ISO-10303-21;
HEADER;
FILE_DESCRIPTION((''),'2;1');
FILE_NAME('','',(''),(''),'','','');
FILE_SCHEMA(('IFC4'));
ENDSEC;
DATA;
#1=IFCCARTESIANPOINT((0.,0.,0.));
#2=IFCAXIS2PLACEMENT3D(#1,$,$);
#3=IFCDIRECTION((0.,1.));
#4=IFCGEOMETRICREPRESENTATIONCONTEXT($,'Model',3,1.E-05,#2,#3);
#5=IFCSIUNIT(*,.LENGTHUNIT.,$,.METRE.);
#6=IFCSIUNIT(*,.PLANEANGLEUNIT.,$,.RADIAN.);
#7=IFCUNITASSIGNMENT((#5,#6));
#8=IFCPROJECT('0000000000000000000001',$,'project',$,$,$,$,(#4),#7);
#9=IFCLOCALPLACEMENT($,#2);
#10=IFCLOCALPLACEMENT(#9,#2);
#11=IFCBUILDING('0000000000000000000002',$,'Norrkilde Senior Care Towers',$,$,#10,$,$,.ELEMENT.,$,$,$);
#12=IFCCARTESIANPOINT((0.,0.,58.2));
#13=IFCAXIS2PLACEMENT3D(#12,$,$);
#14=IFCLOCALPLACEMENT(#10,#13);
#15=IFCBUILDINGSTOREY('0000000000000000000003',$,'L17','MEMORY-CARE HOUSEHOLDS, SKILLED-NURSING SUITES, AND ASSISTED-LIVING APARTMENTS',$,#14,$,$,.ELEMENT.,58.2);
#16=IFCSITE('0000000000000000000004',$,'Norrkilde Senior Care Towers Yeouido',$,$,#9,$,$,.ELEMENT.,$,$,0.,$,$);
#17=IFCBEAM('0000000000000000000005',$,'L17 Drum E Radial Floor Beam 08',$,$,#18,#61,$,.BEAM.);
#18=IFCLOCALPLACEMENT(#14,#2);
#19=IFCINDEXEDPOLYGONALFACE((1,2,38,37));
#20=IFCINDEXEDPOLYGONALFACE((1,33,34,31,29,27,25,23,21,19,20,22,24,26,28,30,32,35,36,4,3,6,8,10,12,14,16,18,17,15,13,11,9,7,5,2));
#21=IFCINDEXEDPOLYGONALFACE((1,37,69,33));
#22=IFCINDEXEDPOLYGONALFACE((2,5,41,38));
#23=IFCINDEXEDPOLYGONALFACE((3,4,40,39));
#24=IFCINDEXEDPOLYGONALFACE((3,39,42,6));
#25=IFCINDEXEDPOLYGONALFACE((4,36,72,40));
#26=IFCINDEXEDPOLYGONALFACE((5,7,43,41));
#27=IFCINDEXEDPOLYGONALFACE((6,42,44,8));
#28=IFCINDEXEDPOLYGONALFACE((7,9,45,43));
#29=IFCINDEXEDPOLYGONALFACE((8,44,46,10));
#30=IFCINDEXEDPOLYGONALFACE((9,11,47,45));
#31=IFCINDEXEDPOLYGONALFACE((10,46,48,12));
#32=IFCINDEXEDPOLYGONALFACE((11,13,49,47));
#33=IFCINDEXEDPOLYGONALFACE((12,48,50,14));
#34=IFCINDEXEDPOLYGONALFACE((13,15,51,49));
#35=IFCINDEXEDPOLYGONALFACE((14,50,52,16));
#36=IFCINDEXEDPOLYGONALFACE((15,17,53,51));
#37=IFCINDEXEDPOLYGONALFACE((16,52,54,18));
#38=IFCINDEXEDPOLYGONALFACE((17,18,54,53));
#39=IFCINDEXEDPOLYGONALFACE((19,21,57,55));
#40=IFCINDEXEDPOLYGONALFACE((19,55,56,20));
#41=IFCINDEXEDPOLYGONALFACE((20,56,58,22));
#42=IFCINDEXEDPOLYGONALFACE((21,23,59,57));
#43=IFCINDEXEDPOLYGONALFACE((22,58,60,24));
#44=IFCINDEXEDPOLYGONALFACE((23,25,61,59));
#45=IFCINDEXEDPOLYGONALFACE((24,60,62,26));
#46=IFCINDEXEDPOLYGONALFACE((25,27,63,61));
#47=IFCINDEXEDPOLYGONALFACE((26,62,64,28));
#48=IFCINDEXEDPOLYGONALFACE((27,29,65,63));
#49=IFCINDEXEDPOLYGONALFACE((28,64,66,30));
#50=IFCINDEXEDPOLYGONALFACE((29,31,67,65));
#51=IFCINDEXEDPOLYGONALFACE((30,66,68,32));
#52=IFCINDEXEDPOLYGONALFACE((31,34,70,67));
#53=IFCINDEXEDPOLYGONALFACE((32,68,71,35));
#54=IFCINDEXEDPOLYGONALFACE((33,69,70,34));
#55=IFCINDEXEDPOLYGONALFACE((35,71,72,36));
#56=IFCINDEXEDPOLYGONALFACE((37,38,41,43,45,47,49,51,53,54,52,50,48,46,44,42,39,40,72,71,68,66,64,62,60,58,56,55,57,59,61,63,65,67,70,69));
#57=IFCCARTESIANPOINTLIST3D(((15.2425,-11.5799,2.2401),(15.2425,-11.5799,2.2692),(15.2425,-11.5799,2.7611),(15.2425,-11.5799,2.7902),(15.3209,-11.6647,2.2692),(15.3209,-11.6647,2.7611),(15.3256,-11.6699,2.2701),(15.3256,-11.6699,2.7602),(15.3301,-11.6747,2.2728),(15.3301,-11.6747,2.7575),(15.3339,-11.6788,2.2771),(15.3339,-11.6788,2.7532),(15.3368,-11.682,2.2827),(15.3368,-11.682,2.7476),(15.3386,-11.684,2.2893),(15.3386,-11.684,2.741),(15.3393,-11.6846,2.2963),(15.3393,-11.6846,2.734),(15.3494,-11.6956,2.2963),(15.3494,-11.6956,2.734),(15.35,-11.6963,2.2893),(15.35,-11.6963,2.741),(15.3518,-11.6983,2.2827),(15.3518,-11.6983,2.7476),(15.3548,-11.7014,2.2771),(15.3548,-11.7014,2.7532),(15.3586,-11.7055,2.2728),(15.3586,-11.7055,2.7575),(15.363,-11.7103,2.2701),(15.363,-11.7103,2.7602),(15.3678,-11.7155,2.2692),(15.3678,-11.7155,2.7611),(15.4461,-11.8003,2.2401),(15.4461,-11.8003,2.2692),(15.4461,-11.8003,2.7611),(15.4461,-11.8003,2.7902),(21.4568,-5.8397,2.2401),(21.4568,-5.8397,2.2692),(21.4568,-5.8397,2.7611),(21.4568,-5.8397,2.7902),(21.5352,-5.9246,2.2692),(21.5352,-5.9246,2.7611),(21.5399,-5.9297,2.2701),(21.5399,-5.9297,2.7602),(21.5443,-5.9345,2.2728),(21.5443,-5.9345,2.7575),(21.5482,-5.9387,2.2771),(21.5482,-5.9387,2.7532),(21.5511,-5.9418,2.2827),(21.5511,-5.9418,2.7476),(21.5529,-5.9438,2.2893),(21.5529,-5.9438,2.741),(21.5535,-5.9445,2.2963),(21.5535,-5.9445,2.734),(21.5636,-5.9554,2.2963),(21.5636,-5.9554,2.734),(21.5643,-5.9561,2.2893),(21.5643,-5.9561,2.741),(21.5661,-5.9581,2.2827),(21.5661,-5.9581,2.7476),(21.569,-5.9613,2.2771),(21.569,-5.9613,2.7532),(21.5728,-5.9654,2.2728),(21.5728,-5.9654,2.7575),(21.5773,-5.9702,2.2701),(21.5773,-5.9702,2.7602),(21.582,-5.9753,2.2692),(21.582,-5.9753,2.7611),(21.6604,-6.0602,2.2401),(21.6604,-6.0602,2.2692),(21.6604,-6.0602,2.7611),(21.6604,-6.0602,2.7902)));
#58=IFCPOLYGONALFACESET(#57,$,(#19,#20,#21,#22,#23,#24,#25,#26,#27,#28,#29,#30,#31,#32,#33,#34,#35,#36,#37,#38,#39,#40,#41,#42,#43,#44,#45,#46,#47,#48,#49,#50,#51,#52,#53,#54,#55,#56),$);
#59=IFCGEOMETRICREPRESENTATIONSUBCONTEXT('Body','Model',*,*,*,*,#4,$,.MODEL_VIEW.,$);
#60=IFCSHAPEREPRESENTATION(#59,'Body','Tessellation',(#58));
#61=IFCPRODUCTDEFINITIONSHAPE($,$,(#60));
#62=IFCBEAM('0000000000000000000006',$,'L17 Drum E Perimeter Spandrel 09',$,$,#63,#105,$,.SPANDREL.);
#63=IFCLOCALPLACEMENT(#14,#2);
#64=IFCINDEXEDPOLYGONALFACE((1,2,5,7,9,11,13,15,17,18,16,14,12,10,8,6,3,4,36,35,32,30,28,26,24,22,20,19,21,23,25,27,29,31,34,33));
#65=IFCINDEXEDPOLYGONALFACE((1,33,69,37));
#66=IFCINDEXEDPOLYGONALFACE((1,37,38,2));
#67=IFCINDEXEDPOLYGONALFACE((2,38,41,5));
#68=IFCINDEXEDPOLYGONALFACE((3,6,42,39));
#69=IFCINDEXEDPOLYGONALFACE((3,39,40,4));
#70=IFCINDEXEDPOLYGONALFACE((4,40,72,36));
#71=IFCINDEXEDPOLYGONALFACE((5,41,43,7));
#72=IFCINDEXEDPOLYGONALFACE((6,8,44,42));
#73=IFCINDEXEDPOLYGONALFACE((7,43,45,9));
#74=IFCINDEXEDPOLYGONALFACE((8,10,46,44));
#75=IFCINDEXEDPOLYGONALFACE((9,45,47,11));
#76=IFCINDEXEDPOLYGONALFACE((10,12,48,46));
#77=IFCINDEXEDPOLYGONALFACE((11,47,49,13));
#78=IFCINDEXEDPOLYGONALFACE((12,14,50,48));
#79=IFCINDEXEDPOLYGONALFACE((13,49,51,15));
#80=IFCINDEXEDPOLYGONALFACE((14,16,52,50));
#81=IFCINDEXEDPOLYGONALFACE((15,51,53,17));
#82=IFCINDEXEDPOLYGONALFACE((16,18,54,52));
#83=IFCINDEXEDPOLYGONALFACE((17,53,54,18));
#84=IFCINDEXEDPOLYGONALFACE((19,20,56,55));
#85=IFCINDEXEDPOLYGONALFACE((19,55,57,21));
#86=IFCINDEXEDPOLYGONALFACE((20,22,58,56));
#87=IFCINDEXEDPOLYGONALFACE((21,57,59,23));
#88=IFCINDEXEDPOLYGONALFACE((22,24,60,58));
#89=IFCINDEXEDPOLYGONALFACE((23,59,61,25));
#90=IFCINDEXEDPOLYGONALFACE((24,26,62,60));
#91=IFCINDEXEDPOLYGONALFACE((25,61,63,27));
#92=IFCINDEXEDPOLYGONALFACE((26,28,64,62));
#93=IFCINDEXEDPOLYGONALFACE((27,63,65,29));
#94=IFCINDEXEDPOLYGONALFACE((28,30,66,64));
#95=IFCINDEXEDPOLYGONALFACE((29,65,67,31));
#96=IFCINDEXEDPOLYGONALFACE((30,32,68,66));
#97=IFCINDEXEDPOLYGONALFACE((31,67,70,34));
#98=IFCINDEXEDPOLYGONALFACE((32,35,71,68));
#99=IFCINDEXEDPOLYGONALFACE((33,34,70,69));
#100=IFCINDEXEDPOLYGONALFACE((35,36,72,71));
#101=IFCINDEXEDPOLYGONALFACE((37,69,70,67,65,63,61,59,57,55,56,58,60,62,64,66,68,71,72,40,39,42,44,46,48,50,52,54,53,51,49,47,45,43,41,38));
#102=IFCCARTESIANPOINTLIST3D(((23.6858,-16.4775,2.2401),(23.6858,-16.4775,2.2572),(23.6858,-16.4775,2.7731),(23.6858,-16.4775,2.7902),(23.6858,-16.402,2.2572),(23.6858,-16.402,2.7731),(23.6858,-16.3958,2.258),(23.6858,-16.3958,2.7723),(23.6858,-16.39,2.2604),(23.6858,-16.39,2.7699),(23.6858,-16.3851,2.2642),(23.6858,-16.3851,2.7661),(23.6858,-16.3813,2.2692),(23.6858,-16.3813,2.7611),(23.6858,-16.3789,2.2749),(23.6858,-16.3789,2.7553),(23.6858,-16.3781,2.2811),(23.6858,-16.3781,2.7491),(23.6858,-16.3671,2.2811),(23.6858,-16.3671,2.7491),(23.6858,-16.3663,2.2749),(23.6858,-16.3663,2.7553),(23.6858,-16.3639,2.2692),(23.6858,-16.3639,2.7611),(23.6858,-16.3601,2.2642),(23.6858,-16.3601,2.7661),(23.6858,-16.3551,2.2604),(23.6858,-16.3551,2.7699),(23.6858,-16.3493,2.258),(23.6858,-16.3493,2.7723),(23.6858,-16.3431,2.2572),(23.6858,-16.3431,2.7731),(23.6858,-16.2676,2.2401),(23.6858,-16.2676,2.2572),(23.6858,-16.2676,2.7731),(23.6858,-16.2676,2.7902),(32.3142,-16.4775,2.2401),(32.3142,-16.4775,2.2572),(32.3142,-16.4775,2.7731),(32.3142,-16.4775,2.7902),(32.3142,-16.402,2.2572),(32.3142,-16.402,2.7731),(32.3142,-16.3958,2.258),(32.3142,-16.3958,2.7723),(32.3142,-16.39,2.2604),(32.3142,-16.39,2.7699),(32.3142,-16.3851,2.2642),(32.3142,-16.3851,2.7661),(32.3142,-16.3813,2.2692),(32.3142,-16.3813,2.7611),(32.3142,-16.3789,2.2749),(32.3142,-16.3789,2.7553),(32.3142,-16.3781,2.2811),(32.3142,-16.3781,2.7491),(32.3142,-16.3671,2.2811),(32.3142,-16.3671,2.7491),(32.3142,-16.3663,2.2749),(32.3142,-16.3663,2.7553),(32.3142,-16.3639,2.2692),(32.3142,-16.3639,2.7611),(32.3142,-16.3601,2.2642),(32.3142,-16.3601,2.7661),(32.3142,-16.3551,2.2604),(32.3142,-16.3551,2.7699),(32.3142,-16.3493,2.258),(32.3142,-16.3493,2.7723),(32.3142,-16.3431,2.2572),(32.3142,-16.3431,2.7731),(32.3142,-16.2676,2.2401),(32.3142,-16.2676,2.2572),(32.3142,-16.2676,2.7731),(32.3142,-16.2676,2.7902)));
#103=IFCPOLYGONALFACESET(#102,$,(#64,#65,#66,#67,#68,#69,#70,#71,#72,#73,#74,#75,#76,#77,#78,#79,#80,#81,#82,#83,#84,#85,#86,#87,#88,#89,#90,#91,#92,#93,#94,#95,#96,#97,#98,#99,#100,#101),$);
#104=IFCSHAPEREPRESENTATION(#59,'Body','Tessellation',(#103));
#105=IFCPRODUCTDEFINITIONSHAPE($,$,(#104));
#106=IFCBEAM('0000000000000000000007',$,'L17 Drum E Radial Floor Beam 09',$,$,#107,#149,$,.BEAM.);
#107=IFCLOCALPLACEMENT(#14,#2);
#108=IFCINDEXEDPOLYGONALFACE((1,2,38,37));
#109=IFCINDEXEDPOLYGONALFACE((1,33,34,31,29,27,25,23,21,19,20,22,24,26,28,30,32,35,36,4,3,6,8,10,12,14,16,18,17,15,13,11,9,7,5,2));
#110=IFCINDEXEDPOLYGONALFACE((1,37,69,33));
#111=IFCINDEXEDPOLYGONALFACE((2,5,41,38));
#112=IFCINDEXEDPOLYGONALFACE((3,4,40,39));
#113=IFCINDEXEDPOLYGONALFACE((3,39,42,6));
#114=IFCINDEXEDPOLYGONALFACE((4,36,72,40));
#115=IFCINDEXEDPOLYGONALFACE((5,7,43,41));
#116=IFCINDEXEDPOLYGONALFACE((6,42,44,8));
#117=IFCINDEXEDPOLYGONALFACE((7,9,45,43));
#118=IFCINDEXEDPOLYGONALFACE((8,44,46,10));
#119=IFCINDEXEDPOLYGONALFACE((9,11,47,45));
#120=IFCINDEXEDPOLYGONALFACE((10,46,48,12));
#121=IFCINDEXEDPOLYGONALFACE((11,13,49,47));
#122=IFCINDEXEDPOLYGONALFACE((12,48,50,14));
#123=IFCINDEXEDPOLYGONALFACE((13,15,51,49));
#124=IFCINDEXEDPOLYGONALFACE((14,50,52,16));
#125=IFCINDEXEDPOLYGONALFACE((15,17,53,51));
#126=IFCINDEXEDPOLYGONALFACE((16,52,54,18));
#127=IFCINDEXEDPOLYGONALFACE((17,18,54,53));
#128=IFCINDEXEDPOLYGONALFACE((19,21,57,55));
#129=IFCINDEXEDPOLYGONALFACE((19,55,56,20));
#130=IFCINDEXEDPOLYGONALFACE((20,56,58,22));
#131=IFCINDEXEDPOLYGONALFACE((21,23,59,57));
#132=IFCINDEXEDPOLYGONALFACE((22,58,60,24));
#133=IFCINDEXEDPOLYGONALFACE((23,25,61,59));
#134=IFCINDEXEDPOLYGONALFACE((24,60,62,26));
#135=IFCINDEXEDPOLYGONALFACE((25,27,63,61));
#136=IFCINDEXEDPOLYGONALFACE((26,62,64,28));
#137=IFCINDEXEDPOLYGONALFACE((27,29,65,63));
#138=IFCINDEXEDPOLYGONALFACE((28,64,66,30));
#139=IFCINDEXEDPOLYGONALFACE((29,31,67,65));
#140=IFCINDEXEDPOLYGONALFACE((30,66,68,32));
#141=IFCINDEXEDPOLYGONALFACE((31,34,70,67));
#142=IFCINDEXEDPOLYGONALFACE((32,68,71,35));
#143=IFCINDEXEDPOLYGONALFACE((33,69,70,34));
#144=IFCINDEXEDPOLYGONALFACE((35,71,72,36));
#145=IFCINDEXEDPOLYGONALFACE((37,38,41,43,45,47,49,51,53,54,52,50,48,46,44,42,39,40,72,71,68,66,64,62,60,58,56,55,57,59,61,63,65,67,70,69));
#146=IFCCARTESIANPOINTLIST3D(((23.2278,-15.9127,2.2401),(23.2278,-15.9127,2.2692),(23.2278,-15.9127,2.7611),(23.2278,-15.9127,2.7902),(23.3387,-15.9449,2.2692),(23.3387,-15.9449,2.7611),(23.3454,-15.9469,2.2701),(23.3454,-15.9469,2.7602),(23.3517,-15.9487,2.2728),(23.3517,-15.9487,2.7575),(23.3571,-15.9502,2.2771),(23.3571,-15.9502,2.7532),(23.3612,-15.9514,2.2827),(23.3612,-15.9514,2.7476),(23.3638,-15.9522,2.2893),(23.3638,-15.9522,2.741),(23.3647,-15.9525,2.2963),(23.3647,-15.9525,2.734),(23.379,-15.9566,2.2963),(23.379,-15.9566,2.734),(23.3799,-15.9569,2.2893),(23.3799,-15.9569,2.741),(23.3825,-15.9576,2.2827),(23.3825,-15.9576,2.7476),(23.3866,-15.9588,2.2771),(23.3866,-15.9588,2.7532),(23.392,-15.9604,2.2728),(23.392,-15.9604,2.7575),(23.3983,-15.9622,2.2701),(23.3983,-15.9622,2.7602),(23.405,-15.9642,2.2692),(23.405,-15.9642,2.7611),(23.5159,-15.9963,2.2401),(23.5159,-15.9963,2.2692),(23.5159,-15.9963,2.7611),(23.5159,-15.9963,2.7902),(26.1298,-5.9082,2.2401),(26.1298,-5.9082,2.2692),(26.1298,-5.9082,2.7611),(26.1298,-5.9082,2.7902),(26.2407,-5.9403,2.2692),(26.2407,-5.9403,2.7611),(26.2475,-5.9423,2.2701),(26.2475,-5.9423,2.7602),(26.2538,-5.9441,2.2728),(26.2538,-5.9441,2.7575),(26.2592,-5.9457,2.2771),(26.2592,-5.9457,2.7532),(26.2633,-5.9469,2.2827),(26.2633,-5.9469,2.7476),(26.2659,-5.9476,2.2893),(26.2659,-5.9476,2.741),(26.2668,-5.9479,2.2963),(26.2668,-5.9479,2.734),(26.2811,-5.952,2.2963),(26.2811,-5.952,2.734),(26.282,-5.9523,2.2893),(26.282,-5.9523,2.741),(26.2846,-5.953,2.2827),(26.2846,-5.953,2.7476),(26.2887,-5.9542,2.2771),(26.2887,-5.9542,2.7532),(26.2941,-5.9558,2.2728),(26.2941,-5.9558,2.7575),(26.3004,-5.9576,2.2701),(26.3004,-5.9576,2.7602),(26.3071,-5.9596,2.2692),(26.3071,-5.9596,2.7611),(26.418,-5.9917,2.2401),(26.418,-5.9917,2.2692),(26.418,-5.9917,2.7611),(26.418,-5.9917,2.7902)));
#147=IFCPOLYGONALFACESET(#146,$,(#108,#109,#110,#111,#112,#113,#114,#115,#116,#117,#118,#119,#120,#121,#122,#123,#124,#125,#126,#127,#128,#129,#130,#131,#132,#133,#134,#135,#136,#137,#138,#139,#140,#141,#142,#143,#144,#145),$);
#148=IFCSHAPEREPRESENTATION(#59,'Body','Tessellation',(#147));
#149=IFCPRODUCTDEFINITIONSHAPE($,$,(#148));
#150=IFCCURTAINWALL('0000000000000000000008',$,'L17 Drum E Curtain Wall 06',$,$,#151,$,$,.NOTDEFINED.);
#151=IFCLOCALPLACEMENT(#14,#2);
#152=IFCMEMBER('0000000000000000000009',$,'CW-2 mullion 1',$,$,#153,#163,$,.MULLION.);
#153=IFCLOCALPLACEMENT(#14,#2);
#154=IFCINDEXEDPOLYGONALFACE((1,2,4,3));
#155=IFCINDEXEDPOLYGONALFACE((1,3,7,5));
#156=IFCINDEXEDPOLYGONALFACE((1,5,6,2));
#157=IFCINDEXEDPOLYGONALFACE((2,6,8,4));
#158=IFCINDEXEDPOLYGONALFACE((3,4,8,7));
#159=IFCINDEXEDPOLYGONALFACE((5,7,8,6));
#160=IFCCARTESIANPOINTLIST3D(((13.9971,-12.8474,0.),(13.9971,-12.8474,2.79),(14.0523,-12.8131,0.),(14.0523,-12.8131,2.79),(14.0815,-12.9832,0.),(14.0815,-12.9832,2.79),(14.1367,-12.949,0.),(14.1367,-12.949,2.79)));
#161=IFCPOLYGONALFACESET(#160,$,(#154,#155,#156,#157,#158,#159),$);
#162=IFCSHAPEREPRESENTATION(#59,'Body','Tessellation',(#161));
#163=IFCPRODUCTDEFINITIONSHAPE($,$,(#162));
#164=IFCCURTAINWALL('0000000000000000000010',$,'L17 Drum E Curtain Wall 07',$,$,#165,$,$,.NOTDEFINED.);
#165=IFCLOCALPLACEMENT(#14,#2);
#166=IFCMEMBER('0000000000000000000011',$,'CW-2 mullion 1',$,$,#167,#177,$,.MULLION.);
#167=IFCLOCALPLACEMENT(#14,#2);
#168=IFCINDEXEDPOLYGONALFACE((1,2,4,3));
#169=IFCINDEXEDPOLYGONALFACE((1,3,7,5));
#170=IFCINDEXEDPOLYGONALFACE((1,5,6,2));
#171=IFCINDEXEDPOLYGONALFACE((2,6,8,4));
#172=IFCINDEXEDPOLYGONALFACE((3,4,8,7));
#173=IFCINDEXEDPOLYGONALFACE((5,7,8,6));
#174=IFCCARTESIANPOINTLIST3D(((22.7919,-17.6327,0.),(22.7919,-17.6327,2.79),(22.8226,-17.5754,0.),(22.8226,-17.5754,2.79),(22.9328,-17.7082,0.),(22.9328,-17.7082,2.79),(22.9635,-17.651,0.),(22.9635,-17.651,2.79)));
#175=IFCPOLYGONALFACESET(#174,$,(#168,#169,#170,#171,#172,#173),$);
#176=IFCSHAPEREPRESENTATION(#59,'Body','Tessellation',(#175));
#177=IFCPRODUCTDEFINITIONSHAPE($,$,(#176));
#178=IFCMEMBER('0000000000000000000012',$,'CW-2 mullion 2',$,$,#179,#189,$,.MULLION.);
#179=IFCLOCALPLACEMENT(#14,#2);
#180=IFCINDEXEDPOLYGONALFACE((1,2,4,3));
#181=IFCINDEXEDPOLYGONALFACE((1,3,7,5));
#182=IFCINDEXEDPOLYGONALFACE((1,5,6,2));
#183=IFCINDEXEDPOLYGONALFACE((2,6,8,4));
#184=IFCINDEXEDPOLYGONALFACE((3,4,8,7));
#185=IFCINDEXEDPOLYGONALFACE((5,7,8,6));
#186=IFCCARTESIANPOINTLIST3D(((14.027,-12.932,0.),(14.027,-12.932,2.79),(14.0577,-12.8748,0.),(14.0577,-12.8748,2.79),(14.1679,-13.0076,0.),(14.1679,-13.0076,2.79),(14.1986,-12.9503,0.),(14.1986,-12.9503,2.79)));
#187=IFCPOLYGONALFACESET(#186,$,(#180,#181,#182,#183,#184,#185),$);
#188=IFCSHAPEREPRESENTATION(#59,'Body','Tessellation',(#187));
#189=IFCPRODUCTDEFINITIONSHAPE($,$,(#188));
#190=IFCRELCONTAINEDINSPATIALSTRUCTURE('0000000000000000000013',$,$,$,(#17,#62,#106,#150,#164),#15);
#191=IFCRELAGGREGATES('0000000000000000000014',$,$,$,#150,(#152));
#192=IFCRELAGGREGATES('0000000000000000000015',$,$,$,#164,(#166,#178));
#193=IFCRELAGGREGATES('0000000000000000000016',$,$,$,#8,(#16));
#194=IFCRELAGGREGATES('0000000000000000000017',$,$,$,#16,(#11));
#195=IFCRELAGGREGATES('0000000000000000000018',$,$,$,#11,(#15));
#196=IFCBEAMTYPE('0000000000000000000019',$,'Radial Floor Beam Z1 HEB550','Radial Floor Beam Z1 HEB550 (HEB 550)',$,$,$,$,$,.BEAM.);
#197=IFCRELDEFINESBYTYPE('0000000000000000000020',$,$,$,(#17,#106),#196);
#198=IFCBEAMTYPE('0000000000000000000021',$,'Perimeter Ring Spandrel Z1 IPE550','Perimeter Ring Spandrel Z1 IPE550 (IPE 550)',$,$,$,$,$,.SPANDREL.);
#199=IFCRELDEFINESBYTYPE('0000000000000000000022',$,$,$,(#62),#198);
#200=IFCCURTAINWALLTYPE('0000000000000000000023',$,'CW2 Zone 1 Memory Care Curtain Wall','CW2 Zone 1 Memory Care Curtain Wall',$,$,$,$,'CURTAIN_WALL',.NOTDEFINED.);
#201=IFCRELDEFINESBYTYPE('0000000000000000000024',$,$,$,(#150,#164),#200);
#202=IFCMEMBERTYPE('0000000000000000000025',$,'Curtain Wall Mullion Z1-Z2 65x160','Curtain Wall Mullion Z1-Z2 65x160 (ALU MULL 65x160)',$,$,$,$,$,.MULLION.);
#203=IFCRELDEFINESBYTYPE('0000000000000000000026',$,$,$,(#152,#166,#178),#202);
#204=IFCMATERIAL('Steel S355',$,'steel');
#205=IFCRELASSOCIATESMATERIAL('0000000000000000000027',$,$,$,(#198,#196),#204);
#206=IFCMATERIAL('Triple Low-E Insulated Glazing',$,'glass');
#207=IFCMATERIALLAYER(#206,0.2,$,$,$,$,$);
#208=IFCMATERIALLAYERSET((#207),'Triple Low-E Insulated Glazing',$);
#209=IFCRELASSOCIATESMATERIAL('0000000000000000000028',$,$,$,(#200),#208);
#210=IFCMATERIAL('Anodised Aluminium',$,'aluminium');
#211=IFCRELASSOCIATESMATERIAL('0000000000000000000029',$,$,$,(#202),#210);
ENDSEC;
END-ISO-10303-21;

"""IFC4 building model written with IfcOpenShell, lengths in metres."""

from ifc_helpers import new_model, si_unit, direction, frame, origin, origin_2d, place, context, subcontext, project, spatial, rectangle, i_section, extrude, source, transform, mapped, material, layer, layer_set, material_profile, profile_set, type_object, type_shapes, element, aggregate, save


model = new_model("IFC4")

# Units and contexts
model_context = context("Model", 3, precision=1e-05, world=origin(), true_north=direction((0.0, 1.0)))
body_context = subcontext(model_context, "Body", "Model", "MODEL_VIEW")
ifc_project = project(units=[si_unit("LENGTHUNIT", "METRE"), si_unit("PLANEANGLEUNIT", "RADIAN")], contexts=[model_context])

# Site, building, storey
site_placement = place(None, origin())
site = spatial("IfcSite", under=ifc_project, at=site_placement, Name="Norrkilde Senior Care Towers Yeouido", CompositionType="ELEMENT", RefElevation=0.0)
building_placement = place(site_placement, origin())
building = spatial("IfcBuilding", under=site, at=building_placement, Name="Norrkilde Senior Care Towers", CompositionType="ELEMENT")
storey_placement = place(building_placement, frame((0.0, 0.0, 58.2)))
storey = spatial("IfcBuildingStorey", under=building, at=storey_placement, Name="L17", Description="MEMORY-CARE HOUSEHOLDS, SKILLED-NURSING SUITES, AND ASSISTED-LIVING APARTMENTS", CompositionType="ELEMENT", Elevation=58.2)

# Beams
ifc_material_1 = material(Name="Steel S355", Category="steel")
ifc_material_profile_1 = material_profile(ifc_material_1, i_section(OverallWidth=0.21, OverallDepth=0.55, WebThickness=0.011, FlangeThickness=0.0171, FilletRadius=0.0239, at=origin_2d()), Name="IPE 550")
ifc_profile_set_1 = profile_set([ifc_material_profile_1], Name="Steel S355")
beam_type_1 = type_object("IfcBeamType", Name="Perimeter Ring Spandrel Z1 IPE550", Description="Perimeter Ring Spandrel Z1 IPE550 (IPE 550)", PredefinedType="SPANDREL", material=ifc_profile_set_1)
ifc_material_profile_2 = material_profile(ifc_material_1, i_section(OverallWidth=0.3, OverallDepth=0.55, WebThickness=0.0149, FlangeThickness=0.0291, FilletRadius=0.0271, at=origin_2d()), Name="HEB 550")
ifc_profile_set_2 = profile_set([ifc_material_profile_2], Name="Steel S355")
beam_type_2 = type_object("IfcBeamType", Name="Radial Floor Beam Z1 HEB550", Description="Radial Floor Beam Z1 HEB550 (HEB 550)", PredefinedType="BEAM", material=ifc_profile_set_2)
shared_shape_1 = source(origin(), body_context, "Body", "SweptSolid", [
    extrude(i_section(OverallWidth=0.3, OverallDepth=0.55, WebThickness=0.0149, FlangeThickness=0.0291, FilletRadius=0.0271, at=origin_2d()), origin(), (0.0, 0.0, 1.0), 8.4597),
])
beam_1_placement = place(storey_placement, frame((21.5586, -5.95, 2.5151), z_axis=(-0.734573, -0.678529, 0.0), x_axis=(0.678529, -0.734573, 0.0)))
element("IfcBeam", 1, at=beam_1_placement, inside=storey, type_object=beam_type_2, Name="L17 Drum E Radial Floor Beam 08", PredefinedType="BEAM", context=body_context, shape_type="MappedRepresentation", body=[
    mapped(shared_shape_1, transform((0.0, 0.0, 0.0), x_axis=(1.0, 0.0, 0.0), y_axis=(0.0, 1.0, 0.0), z_axis=(0.0, 0.0, 1.0), scale=1.0)),
])
shared_shape_2 = source(origin(), body_context, "Body", "SweptSolid", [
    extrude(i_section(OverallWidth=0.21, OverallDepth=0.55, WebThickness=0.011, FlangeThickness=0.0171, FilletRadius=0.0239, at=origin_2d()), origin(), (0.0, 0.0, 1.0), 8.6284),
])
beam_2_placement = place(storey_placement, frame((23.6858, -16.3726, 2.5151), z_axis=(1.0, 0.0, 0.0), x_axis=(0.0, 1.0, 0.0)))
element("IfcBeam", 2, at=beam_2_placement, inside=storey, type_object=beam_type_1, Name="L17 Drum E Perimeter Spandrel 09", PredefinedType="SPANDREL", context=body_context, shape_type="MappedRepresentation", body=[
    mapped(shared_shape_2, transform((0.0, 0.0, 0.0), x_axis=(1.0, 0.0, 0.0), y_axis=(0.0, 1.0, 0.0), z_axis=(0.0, 0.0, 1.0), scale=1.0)),
])
shared_shape_3 = source(origin(), body_context, "Body", "SweptSolid", [
    extrude(i_section(OverallWidth=0.3, OverallDepth=0.55, WebThickness=0.0149, FlangeThickness=0.0291, FilletRadius=0.0271, at=origin_2d()), origin(), (0.0, 0.0, 1.0), 10.417),
])
type_shapes(beam_type_2, [shared_shape_1, shared_shape_3])
beam_3_placement = place(storey_placement, frame((26.2739, -5.95, 2.5151), z_axis=(-0.278591, -0.96041, 0.0), x_axis=(0.96041, -0.278591, 0.0)))
element("IfcBeam", 3, at=beam_3_placement, inside=storey, type_object=beam_type_2, Name="L17 Drum E Radial Floor Beam 09", PredefinedType="BEAM", context=body_context, shape_type="MappedRepresentation", body=[
    mapped(shared_shape_3, transform((0.0, 0.0, 0.0), x_axis=(1.0, 0.0, 0.0), y_axis=(0.0, 1.0, 0.0), z_axis=(0.0, 0.0, 1.0), scale=1.0)),
])

# Curtain wall, member
ifc_material_2 = material(Name="Triple Low-E Insulated Glazing", Category="glass")
ifc_layer_1 = layer(ifc_material_2, 0.2)
ifc_layer_set_1 = layer_set([ifc_layer_1], Name="Triple Low-E Insulated Glazing")
curtain_wall_type = type_object("IfcCurtainWallType", Name="CW2 Zone 1 Memory Care Curtain Wall", Description="CW2 Zone 1 Memory Care Curtain Wall", ElementType="CURTAIN_WALL", PredefinedType="NOTDEFINED", material=ifc_layer_set_1)
curtain_wall_1_placement = place(storey_placement, origin())
curtain_wall_1 = element("IfcCurtainWall", 4, at=curtain_wall_1_placement, inside=storey, type_object=curtain_wall_type, Name="L17 Drum E Curtain Wall 06", PredefinedType="NOTDEFINED")
ifc_material_3 = material(Name="Anodised Aluminium", Category="aluminium")
ifc_material_profile_3 = material_profile(ifc_material_3, rectangle(XDim=0.0649, YDim=0.1599, at=origin_2d()), Name="ALU MULL 65x160")
ifc_profile_set_3 = profile_set([ifc_material_profile_3], Name="Anodised Aluminium")
member_type_1 = type_object("IfcMemberType", Name="Curtain Wall Mullion Z1-Z2 65x160", Description="Curtain Wall Mullion Z1-Z2 65x160 (ALU MULL 65x160)", PredefinedType="MULLION", material=ifc_profile_set_3)
shared_shape_4 = source(origin(), body_context, "Body", "SweptSolid", [
    extrude(rectangle(XDim=0.0649, YDim=0.1599, at=origin_2d()), origin(), (0.0, 0.0, 1.0), 2.79),
])
type_shapes(member_type_1, [shared_shape_4])
member_1_placement = place(storey_placement, frame((14.0669, -12.8982, 0.0), z_axis=(0.0, 0.0, 1.0), x_axis=(-0.849306, -0.527901, 0.0)))
member_1 = element("IfcMember", 5, at=member_1_placement, type_object=member_type_1, Name="CW-2 mullion 1", PredefinedType="MULLION", context=body_context, shape_type="MappedRepresentation", body=[
    mapped(shared_shape_4, transform((0.0, 0.0, 0.0), x_axis=(1.0, 0.0, 0.0), y_axis=(0.0, 1.0, 0.0), z_axis=(0.0, 0.0, 1.0), scale=1.0)),
])

# Curtain wall, members
curtain_wall_2_placement = place(storey_placement, origin())
curtain_wall_2 = element("IfcCurtainWall", 6, at=curtain_wall_2_placement, inside=storey, type_object=curtain_wall_type, Name="L17 Drum E Curtain Wall 07", PredefinedType="NOTDEFINED")
member_2_placement = place(storey_placement, frame((22.8777, -17.6418, 0.0), z_axis=(0.0, 0.0, 1.0), x_axis=(-0.472608, -0.881273, 0.0)))
member_2 = element("IfcMember", 7, at=member_2_placement, type_object=member_type_1, Name="CW-2 mullion 1", PredefinedType="MULLION", context=body_context, shape_type="MappedRepresentation", body=[
    mapped(shared_shape_4, transform((0.0, 0.0, 0.0), x_axis=(1.0, 0.0, 0.0), y_axis=(0.0, 1.0, 0.0), z_axis=(0.0, 0.0, 1.0), scale=1.0)),
])
member_3_placement = place(storey_placement, frame((14.1128, -12.9412, 0.0), z_axis=(0.0, 0.0, 1.0), x_axis=(-0.472608, -0.881273, 0.0)))
member_3 = element("IfcMember", 8, at=member_3_placement, type_object=member_type_1, Name="CW-2 mullion 2", PredefinedType="MULLION", context=body_context, shape_type="MappedRepresentation", body=[
    mapped(shared_shape_4, transform((0.0, 0.0, 0.0), x_axis=(1.0, 0.0, 0.0), y_axis=(0.0, 1.0, 0.0), z_axis=(0.0, 0.0, 1.0), scale=1.0)),
])

aggregate(curtain_wall_1, [member_1])
aggregate(curtain_wall_2, [member_2, member_3])

save(model, "model.ifc")
